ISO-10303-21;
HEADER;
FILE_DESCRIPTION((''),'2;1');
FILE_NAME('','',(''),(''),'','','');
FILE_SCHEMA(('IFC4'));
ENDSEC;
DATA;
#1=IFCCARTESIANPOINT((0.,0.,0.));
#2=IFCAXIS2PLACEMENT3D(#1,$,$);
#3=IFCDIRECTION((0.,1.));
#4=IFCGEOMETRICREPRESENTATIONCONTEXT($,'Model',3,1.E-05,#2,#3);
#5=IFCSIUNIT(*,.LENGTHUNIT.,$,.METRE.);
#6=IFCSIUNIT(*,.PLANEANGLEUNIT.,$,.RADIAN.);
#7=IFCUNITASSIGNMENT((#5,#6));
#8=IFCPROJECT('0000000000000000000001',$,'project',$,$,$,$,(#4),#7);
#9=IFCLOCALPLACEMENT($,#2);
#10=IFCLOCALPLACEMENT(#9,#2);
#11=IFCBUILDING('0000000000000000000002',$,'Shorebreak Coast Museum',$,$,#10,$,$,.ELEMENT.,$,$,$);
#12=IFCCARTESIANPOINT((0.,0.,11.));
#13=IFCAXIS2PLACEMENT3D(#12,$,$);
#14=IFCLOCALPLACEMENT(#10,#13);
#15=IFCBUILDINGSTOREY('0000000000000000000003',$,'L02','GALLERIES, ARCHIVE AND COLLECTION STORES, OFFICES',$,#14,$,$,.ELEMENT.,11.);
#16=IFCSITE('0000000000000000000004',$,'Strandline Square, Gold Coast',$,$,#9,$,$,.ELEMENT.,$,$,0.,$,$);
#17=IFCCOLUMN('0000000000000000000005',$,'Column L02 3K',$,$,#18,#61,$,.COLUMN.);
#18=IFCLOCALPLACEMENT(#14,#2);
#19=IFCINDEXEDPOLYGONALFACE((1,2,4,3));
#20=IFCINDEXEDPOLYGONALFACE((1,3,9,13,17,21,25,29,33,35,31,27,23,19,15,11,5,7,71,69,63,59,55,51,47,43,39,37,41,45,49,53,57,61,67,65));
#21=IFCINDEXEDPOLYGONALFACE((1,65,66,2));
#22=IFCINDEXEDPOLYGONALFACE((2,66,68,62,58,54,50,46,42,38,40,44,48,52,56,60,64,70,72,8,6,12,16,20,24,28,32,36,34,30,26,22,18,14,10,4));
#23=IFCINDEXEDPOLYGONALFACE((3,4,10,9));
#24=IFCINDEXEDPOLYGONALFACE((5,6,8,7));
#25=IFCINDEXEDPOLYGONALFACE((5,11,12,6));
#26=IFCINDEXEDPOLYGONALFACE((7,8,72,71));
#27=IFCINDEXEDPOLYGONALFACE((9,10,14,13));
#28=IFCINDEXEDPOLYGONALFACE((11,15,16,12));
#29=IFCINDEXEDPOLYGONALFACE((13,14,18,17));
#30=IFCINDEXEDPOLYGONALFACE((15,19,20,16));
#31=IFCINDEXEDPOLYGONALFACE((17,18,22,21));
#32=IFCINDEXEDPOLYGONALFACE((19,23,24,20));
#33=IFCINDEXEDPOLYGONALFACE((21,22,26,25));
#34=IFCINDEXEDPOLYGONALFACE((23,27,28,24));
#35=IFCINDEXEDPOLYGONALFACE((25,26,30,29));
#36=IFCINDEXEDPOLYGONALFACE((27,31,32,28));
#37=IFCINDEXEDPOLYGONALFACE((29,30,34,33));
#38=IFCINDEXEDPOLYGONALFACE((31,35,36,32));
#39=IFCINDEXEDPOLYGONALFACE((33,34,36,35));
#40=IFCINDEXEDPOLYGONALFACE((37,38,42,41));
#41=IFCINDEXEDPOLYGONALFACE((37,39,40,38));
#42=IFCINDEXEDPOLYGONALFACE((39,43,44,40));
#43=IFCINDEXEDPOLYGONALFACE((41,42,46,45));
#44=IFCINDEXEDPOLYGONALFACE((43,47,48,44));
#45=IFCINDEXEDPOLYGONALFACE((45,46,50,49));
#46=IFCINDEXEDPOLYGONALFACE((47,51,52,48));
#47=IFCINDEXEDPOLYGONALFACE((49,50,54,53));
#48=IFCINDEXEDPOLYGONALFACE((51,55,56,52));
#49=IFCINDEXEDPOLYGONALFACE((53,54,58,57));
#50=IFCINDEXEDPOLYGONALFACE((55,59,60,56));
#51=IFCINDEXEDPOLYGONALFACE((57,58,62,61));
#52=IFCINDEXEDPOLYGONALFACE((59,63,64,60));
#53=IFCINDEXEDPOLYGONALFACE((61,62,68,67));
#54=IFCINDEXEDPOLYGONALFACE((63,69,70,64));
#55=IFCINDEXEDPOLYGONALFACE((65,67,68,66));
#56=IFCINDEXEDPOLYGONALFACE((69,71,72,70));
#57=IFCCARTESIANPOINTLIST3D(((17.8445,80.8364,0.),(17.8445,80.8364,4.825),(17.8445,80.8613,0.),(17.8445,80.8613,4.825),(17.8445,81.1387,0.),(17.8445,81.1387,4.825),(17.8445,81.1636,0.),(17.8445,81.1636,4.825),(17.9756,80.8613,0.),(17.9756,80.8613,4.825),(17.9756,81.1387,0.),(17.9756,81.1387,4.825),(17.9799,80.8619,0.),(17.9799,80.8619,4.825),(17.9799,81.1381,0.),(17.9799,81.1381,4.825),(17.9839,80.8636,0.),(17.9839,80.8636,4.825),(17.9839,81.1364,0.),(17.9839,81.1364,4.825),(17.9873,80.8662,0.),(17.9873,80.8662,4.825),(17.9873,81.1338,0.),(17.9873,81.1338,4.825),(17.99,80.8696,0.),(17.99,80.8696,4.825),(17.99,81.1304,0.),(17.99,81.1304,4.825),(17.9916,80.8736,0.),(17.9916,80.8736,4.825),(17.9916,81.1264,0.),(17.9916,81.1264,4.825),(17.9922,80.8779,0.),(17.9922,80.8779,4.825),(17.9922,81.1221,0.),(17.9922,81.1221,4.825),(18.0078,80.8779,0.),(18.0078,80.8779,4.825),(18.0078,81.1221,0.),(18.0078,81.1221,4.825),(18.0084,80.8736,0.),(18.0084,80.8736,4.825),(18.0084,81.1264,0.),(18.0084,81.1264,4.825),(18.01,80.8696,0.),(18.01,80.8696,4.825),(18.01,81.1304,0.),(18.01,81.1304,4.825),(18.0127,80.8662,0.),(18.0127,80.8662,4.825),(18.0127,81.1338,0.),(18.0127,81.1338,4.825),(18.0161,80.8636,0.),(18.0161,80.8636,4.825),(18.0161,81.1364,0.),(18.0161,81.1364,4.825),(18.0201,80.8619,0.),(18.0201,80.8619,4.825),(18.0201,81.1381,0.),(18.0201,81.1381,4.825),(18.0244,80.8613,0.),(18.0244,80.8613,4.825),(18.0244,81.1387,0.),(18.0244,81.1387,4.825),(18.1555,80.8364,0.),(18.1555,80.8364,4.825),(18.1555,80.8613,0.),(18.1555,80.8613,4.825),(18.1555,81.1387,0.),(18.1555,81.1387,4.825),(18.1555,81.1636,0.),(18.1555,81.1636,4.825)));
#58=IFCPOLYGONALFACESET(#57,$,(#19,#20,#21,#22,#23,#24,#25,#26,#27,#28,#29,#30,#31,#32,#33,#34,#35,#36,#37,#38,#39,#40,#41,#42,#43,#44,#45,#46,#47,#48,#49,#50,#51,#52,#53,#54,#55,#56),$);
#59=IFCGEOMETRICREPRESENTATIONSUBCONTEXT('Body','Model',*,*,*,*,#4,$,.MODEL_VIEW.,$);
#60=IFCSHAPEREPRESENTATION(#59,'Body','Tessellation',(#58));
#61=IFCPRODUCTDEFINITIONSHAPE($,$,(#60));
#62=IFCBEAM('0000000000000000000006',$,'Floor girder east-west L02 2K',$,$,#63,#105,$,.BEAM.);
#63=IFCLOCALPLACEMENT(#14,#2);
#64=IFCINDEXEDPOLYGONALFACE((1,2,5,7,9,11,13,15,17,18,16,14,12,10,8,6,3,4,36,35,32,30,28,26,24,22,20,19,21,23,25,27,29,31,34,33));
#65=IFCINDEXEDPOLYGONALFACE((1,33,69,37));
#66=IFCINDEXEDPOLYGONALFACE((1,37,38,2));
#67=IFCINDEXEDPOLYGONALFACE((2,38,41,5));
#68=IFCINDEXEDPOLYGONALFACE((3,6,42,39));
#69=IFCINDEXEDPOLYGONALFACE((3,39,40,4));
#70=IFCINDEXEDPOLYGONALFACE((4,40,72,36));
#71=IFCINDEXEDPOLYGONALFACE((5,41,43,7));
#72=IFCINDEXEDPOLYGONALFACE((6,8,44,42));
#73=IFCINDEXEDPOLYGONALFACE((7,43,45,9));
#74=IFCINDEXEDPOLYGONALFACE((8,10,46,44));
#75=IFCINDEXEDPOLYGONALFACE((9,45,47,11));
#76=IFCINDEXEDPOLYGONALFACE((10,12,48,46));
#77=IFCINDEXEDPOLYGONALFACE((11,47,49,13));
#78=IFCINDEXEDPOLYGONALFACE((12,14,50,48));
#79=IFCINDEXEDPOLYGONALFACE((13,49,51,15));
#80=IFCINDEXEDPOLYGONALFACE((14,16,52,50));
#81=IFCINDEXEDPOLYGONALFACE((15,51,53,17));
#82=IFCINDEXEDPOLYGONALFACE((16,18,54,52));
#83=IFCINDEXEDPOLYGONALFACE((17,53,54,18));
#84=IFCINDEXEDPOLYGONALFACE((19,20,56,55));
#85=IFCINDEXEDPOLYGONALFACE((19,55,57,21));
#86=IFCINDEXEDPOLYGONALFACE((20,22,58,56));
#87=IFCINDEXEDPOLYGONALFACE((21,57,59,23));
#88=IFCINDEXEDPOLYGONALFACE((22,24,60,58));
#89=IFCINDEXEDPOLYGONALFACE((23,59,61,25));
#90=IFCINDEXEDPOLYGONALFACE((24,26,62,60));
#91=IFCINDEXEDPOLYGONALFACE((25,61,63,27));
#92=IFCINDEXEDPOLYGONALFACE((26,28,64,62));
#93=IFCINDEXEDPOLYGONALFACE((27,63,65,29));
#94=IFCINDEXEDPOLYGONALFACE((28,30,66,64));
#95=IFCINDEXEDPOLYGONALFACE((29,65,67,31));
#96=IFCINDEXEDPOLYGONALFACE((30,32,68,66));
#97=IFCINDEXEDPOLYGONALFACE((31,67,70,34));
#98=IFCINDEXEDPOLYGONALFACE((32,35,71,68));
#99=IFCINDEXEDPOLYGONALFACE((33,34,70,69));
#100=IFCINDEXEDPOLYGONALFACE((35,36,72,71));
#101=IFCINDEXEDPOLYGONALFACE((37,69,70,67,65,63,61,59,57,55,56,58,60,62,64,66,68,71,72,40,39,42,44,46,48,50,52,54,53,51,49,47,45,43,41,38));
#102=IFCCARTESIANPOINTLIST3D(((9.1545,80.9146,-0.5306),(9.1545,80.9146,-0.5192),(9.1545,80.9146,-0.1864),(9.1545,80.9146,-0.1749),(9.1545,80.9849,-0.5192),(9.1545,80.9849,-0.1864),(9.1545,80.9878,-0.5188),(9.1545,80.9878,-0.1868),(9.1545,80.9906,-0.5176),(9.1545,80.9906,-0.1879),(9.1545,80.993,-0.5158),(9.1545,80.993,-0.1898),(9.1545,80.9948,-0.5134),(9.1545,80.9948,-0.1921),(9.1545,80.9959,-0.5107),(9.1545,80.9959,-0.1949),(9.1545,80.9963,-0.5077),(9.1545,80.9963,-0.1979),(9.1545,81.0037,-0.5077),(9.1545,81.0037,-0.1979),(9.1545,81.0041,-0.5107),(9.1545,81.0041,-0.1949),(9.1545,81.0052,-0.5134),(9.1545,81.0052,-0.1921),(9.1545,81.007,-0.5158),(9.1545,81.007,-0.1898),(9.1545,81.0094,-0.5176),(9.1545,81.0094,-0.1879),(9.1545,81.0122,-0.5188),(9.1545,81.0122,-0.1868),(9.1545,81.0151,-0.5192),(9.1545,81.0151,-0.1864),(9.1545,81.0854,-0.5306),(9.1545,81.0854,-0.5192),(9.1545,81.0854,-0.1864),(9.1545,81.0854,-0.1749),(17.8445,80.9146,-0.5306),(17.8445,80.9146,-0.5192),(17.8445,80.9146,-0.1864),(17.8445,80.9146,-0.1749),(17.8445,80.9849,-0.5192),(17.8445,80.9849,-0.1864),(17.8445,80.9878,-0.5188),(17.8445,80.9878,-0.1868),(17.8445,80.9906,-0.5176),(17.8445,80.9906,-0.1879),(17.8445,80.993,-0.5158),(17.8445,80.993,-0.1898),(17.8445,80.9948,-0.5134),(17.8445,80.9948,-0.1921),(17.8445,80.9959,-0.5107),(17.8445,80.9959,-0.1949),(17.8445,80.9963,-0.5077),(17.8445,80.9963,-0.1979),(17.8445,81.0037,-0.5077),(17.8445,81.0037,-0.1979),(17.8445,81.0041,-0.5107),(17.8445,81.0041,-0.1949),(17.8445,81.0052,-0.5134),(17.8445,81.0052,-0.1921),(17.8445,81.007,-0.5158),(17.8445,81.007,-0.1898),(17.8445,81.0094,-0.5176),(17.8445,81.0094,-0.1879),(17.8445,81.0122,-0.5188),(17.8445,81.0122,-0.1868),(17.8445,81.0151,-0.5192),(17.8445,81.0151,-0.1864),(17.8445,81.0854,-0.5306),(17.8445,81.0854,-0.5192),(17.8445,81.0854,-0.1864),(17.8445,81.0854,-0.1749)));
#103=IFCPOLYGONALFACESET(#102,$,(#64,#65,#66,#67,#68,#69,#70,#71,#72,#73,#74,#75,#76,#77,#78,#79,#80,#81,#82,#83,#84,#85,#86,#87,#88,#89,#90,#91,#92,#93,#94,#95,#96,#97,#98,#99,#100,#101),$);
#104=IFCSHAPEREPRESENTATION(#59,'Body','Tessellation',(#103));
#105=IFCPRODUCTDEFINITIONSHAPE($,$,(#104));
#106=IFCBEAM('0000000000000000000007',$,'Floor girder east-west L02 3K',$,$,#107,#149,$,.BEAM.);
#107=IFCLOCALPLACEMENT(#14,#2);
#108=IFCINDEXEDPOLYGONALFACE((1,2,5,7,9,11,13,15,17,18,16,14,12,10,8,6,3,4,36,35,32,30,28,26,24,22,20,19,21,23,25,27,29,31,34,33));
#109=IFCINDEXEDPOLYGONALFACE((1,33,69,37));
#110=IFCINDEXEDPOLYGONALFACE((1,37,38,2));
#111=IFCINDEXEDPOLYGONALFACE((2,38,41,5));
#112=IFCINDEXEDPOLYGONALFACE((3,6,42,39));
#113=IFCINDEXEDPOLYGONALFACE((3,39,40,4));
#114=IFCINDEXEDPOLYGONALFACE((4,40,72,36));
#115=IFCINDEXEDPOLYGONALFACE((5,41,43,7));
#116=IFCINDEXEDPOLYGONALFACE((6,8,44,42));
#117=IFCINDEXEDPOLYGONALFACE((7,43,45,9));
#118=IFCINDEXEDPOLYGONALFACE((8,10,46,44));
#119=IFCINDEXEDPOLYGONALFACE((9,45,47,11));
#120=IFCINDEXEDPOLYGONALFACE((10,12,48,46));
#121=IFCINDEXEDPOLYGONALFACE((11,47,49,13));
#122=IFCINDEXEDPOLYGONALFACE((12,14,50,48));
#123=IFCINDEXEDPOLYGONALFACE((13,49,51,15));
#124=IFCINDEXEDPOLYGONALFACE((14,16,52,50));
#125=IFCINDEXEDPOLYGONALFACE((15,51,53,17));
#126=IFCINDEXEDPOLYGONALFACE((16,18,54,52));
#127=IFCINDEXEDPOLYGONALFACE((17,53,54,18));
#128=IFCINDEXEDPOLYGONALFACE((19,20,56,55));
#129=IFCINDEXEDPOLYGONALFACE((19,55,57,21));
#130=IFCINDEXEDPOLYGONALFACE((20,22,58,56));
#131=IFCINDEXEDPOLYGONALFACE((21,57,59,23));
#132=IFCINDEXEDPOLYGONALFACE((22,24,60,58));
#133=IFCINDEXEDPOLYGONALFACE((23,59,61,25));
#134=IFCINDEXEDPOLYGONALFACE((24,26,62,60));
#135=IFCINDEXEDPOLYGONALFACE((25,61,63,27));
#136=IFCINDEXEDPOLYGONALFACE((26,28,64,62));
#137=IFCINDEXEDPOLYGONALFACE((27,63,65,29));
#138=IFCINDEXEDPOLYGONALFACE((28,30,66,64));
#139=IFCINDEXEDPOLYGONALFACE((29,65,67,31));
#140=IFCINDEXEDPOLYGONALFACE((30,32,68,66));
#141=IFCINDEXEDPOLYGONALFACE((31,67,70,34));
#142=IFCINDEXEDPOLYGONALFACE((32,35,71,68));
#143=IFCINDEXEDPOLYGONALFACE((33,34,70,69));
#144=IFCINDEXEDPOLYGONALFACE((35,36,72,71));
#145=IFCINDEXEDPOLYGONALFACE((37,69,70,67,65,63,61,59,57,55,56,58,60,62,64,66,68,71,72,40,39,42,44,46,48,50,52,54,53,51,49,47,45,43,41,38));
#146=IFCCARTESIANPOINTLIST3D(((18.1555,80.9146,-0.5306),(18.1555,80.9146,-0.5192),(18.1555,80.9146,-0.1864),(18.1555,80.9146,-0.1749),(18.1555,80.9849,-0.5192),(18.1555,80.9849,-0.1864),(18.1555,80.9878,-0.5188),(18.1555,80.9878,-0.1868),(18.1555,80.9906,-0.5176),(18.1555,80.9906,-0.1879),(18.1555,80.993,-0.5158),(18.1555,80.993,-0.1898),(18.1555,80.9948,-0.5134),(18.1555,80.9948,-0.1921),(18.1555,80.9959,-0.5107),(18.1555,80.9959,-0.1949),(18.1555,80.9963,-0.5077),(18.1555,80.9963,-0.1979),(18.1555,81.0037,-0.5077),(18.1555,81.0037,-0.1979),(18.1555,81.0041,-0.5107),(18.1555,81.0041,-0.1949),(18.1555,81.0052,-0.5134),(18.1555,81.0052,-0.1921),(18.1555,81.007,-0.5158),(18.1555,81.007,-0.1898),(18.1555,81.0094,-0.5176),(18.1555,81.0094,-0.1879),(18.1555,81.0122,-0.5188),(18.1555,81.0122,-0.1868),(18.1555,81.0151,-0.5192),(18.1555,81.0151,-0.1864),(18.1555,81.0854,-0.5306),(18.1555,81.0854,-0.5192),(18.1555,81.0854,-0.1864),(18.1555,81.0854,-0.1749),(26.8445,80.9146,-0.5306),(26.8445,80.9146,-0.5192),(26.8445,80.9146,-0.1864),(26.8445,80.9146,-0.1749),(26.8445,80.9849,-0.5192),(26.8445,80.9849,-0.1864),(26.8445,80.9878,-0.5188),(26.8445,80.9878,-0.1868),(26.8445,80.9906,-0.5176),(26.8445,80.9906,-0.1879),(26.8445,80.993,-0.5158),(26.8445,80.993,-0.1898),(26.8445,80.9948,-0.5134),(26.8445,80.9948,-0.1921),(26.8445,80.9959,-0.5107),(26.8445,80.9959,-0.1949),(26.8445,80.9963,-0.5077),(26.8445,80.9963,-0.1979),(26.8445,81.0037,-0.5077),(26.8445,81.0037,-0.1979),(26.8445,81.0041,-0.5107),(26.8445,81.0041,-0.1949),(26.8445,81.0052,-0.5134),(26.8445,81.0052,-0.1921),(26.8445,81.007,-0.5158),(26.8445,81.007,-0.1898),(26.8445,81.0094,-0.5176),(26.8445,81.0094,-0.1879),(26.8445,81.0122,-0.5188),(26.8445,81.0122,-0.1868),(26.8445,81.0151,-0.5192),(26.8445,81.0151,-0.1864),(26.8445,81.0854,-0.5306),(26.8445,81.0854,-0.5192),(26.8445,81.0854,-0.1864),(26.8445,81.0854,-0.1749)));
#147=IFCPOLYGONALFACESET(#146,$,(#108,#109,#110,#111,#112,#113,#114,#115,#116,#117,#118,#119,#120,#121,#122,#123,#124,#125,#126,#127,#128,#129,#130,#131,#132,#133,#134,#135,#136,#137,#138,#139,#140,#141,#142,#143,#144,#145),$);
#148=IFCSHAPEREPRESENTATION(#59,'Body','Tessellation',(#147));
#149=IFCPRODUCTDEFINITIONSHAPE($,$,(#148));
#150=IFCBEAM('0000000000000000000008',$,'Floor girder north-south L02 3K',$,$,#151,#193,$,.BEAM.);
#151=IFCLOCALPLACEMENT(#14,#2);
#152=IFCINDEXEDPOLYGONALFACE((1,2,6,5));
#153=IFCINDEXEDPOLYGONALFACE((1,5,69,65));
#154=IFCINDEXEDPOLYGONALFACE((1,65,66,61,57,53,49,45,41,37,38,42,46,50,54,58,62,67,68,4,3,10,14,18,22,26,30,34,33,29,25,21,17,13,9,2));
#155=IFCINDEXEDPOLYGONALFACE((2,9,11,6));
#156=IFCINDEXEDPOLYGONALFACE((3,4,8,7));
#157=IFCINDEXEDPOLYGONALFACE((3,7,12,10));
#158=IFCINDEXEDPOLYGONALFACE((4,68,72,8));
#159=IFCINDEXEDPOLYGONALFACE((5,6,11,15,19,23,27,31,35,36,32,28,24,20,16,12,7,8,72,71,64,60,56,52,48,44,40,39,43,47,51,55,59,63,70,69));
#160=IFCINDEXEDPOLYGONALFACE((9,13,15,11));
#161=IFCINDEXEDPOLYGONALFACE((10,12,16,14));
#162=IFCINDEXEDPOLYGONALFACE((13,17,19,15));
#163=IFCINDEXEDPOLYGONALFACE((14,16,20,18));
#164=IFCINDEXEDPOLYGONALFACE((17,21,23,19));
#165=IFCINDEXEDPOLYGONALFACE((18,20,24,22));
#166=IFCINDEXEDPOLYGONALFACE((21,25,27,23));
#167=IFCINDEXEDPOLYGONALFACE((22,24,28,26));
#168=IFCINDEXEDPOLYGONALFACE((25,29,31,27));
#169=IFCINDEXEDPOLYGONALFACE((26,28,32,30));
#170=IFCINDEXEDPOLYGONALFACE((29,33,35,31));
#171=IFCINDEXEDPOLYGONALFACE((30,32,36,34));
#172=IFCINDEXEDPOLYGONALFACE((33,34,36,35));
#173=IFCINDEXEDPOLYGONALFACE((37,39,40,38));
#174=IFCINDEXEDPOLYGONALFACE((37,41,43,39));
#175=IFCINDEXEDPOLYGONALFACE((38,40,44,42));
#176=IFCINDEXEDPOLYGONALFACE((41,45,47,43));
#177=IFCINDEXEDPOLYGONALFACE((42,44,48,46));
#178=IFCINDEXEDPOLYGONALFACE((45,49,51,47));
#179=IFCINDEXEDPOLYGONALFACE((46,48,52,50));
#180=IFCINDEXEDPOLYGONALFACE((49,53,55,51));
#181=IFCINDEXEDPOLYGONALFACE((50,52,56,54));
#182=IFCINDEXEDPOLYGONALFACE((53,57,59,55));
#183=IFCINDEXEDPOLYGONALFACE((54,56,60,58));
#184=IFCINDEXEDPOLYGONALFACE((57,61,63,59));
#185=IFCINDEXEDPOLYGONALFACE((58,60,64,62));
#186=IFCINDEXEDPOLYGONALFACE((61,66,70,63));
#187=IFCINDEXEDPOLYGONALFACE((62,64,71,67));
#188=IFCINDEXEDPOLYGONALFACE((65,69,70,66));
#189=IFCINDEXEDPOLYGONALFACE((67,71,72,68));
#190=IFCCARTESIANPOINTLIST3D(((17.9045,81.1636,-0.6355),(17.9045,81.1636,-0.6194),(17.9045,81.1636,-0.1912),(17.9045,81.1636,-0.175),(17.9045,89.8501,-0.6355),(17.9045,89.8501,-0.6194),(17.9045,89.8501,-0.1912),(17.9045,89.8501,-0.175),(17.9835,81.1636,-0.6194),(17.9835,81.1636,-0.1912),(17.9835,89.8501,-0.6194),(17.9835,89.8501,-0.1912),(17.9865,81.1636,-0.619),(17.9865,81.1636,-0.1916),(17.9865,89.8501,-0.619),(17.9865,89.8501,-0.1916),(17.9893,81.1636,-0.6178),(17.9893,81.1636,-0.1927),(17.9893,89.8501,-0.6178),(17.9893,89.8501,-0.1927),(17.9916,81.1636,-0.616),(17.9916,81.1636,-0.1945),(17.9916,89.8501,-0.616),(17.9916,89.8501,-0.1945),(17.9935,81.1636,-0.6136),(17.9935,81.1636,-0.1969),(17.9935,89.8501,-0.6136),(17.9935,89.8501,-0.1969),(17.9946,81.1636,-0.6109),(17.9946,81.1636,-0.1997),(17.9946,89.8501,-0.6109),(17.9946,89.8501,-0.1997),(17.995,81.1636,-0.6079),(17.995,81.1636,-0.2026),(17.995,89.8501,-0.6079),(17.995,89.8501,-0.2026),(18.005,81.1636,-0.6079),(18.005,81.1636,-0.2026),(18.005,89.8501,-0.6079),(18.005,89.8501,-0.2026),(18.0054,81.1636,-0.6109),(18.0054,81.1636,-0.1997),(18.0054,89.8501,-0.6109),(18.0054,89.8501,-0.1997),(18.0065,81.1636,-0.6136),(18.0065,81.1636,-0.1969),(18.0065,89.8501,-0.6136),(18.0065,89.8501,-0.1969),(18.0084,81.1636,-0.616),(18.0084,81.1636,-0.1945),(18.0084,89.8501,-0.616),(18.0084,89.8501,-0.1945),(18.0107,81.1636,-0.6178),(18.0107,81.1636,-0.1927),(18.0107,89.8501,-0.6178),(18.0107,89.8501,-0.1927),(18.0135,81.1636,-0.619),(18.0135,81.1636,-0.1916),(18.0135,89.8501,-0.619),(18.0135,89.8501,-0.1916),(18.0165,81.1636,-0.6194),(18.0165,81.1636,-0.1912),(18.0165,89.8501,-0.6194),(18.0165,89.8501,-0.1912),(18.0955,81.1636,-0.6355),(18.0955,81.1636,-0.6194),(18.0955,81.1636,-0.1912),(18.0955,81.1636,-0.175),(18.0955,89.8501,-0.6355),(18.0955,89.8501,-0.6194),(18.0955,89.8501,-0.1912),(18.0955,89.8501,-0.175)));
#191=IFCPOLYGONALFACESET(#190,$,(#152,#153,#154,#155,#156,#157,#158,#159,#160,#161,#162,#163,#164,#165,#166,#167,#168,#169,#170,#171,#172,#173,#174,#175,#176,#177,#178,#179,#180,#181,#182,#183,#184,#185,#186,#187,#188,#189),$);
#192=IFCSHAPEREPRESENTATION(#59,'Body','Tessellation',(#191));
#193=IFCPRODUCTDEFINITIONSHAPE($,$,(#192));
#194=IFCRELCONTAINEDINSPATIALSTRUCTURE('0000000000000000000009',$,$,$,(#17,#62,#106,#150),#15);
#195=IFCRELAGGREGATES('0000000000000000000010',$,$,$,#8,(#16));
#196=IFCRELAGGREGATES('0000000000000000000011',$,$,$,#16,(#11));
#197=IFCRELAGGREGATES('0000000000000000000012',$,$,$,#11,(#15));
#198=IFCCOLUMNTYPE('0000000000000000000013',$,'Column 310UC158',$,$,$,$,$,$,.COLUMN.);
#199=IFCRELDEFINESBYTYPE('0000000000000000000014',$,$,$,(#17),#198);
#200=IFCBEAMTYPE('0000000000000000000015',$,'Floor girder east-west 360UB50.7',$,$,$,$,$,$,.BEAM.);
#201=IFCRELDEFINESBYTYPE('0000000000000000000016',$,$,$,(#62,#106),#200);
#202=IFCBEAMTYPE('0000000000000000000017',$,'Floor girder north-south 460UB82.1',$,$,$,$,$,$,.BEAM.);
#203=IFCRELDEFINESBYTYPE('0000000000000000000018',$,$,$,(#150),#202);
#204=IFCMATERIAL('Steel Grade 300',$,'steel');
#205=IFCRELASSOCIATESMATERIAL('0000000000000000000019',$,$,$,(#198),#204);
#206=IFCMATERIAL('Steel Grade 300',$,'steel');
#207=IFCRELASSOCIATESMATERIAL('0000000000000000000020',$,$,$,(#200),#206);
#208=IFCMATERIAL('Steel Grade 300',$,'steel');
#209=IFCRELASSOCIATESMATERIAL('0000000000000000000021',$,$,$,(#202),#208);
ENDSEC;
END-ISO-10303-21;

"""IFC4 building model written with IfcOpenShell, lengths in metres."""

from ifc_helpers import new_model, si_unit, direction, frame, origin, origin_2d, place, context, subcontext, project, spatial, i_section, extrude, material, material_profile, profile_set, type_object, element, save


model = new_model("IFC4")

# Units and contexts
model_context = context("Model", 3, precision=1e-05, world=origin(), true_north=direction((0.0, 1.0)))
body_context = subcontext(model_context, "Body", "Model", "MODEL_VIEW")
ifc_project = project(units=[si_unit("LENGTHUNIT", "METRE"), si_unit("PLANEANGLEUNIT", "RADIAN")], contexts=[model_context])

# Site, building, storey
site_placement = place(None, origin())
site = spatial("IfcSite", under=ifc_project, at=site_placement, Name="Strandline Square, Gold Coast", CompositionType="ELEMENT", RefElevation=0.0)
building_placement = place(site_placement, origin())
building = spatial("IfcBuilding", under=site, at=building_placement, Name="Shorebreak Coast Museum", CompositionType="ELEMENT")
storey_placement = place(building_placement, frame((0.0, 0.0, 11.0)))
storey = spatial("IfcBuildingStorey", under=building, at=storey_placement, Name="L02", Description="GALLERIES, ARCHIVE AND COLLECTION STORES, OFFICES", CompositionType="ELEMENT", Elevation=11.0)

# Column
ifc_material_1 = material(Name="Steel Grade 300", Category="steel")
ifc_material_profile_1 = material_profile(ifc_material_1, i_section(OverallWidth=0.311, OverallDepth=0.3271, WebThickness=0.0156, FlangeThickness=0.0249, FilletRadius=0.0166, at=origin_2d()), Name="310UC158")
ifc_profile_set_1 = profile_set([ifc_material_profile_1], Name="Steel Grade 300")
column_type = type_object("IfcColumnType", Name="Column 310UC158", PredefinedType="COLUMN", material=ifc_profile_set_1)
column_placement = place(storey_placement, frame((18.0, 81.0, 0.0), z_axis=(0.0, 0.0, 1.0), x_axis=(1.0, 0.0, 0.0)))
element("IfcColumn", 1, at=column_placement, inside=storey, type_object=column_type, Name="Column L02 3K", PredefinedType="COLUMN", context=body_context, shape_type="SweptSolid", body=[
    extrude(i_section(OverallWidth=0.311, OverallDepth=0.3271, WebThickness=0.0156, FlangeThickness=0.0249, FilletRadius=0.0166, at=origin_2d()), origin(), (0.0, 0.0, 1.0), 4.825),
])

# Beams
ifc_material_2 = material(Name="Steel Grade 300", Category="steel")
ifc_material_profile_2 = material_profile(ifc_material_2, i_section(OverallWidth=0.1709, OverallDepth=0.3557, WebThickness=0.0073, FlangeThickness=0.0115, FilletRadius=0.0115, at=origin_2d()), Name="360UB50.7")
ifc_profile_set_2 = profile_set([ifc_material_profile_2], Name="Steel Grade 300")
beam_type_1 = type_object("IfcBeamType", Name="Floor girder east-west 360UB50.7", PredefinedType="BEAM", material=ifc_profile_set_2)
beam_1_placement = place(storey_placement, frame((9.1545, 81.0, -0.3528), z_axis=(1.0, 0.0, 0.0), x_axis=(0.0, 1.0, 0.0)))
element("IfcBeam", 2, at=beam_1_placement, inside=storey, type_object=beam_type_1, Name="Floor girder east-west L02 2K", PredefinedType="BEAM", context=body_context, shape_type="SweptSolid", body=[
    extrude(i_section(OverallWidth=0.1709, OverallDepth=0.3557, WebThickness=0.0073, FlangeThickness=0.0115, FilletRadius=0.0115, at=origin_2d()), origin(), (0.0, 0.0, 1.0), 8.6899),
])
beam_2_placement = place(storey_placement, frame((18.1555, 81.0, -0.3528), z_axis=(1.0, 0.0, 0.0), x_axis=(0.0, 1.0, 0.0)))
element("IfcBeam", 3, at=beam_2_placement, inside=storey, type_object=beam_type_1, Name="Floor girder east-west L02 3K", PredefinedType="BEAM", context=body_context, shape_type="SweptSolid", body=[
    extrude(i_section(OverallWidth=0.1709, OverallDepth=0.3557, WebThickness=0.0073, FlangeThickness=0.0115, FilletRadius=0.0115, at=origin_2d()), origin(), (0.0, 0.0, 1.0), 8.689),
])
ifc_material_3 = material(Name="Steel Grade 300", Category="steel")
ifc_material_profile_3 = material_profile(ifc_material_3, i_section(OverallWidth=0.1909, OverallDepth=0.4604, WebThickness=0.01, FlangeThickness=0.0161, FilletRadius=0.0115, at=origin_2d()), Name="460UB82.1")
ifc_profile_set_3 = profile_set([ifc_material_profile_3], Name="Steel Grade 300")
beam_type_2 = type_object("IfcBeamType", Name="Floor girder north-south 460UB82.1", PredefinedType="BEAM", material=ifc_profile_set_3)
beam_3_placement = place(storey_placement, frame((18.0, 81.1636, -0.4053), z_axis=(0.0, 1.0, 0.0), x_axis=(-1.0, 0.0, 0.0)))
element("IfcBeam", 4, at=beam_3_placement, inside=storey, type_object=beam_type_2, Name="Floor girder north-south L02 3K", PredefinedType="BEAM", context=body_context, shape_type="SweptSolid", body=[
    extrude(i_section(OverallWidth=0.1909, OverallDepth=0.4604, WebThickness=0.01, FlangeThickness=0.0161, FilletRadius=0.0115, at=origin_2d()), origin(), (0.0, 0.0, 1.0), 8.6865),
])

save(model, "model.ifc")
